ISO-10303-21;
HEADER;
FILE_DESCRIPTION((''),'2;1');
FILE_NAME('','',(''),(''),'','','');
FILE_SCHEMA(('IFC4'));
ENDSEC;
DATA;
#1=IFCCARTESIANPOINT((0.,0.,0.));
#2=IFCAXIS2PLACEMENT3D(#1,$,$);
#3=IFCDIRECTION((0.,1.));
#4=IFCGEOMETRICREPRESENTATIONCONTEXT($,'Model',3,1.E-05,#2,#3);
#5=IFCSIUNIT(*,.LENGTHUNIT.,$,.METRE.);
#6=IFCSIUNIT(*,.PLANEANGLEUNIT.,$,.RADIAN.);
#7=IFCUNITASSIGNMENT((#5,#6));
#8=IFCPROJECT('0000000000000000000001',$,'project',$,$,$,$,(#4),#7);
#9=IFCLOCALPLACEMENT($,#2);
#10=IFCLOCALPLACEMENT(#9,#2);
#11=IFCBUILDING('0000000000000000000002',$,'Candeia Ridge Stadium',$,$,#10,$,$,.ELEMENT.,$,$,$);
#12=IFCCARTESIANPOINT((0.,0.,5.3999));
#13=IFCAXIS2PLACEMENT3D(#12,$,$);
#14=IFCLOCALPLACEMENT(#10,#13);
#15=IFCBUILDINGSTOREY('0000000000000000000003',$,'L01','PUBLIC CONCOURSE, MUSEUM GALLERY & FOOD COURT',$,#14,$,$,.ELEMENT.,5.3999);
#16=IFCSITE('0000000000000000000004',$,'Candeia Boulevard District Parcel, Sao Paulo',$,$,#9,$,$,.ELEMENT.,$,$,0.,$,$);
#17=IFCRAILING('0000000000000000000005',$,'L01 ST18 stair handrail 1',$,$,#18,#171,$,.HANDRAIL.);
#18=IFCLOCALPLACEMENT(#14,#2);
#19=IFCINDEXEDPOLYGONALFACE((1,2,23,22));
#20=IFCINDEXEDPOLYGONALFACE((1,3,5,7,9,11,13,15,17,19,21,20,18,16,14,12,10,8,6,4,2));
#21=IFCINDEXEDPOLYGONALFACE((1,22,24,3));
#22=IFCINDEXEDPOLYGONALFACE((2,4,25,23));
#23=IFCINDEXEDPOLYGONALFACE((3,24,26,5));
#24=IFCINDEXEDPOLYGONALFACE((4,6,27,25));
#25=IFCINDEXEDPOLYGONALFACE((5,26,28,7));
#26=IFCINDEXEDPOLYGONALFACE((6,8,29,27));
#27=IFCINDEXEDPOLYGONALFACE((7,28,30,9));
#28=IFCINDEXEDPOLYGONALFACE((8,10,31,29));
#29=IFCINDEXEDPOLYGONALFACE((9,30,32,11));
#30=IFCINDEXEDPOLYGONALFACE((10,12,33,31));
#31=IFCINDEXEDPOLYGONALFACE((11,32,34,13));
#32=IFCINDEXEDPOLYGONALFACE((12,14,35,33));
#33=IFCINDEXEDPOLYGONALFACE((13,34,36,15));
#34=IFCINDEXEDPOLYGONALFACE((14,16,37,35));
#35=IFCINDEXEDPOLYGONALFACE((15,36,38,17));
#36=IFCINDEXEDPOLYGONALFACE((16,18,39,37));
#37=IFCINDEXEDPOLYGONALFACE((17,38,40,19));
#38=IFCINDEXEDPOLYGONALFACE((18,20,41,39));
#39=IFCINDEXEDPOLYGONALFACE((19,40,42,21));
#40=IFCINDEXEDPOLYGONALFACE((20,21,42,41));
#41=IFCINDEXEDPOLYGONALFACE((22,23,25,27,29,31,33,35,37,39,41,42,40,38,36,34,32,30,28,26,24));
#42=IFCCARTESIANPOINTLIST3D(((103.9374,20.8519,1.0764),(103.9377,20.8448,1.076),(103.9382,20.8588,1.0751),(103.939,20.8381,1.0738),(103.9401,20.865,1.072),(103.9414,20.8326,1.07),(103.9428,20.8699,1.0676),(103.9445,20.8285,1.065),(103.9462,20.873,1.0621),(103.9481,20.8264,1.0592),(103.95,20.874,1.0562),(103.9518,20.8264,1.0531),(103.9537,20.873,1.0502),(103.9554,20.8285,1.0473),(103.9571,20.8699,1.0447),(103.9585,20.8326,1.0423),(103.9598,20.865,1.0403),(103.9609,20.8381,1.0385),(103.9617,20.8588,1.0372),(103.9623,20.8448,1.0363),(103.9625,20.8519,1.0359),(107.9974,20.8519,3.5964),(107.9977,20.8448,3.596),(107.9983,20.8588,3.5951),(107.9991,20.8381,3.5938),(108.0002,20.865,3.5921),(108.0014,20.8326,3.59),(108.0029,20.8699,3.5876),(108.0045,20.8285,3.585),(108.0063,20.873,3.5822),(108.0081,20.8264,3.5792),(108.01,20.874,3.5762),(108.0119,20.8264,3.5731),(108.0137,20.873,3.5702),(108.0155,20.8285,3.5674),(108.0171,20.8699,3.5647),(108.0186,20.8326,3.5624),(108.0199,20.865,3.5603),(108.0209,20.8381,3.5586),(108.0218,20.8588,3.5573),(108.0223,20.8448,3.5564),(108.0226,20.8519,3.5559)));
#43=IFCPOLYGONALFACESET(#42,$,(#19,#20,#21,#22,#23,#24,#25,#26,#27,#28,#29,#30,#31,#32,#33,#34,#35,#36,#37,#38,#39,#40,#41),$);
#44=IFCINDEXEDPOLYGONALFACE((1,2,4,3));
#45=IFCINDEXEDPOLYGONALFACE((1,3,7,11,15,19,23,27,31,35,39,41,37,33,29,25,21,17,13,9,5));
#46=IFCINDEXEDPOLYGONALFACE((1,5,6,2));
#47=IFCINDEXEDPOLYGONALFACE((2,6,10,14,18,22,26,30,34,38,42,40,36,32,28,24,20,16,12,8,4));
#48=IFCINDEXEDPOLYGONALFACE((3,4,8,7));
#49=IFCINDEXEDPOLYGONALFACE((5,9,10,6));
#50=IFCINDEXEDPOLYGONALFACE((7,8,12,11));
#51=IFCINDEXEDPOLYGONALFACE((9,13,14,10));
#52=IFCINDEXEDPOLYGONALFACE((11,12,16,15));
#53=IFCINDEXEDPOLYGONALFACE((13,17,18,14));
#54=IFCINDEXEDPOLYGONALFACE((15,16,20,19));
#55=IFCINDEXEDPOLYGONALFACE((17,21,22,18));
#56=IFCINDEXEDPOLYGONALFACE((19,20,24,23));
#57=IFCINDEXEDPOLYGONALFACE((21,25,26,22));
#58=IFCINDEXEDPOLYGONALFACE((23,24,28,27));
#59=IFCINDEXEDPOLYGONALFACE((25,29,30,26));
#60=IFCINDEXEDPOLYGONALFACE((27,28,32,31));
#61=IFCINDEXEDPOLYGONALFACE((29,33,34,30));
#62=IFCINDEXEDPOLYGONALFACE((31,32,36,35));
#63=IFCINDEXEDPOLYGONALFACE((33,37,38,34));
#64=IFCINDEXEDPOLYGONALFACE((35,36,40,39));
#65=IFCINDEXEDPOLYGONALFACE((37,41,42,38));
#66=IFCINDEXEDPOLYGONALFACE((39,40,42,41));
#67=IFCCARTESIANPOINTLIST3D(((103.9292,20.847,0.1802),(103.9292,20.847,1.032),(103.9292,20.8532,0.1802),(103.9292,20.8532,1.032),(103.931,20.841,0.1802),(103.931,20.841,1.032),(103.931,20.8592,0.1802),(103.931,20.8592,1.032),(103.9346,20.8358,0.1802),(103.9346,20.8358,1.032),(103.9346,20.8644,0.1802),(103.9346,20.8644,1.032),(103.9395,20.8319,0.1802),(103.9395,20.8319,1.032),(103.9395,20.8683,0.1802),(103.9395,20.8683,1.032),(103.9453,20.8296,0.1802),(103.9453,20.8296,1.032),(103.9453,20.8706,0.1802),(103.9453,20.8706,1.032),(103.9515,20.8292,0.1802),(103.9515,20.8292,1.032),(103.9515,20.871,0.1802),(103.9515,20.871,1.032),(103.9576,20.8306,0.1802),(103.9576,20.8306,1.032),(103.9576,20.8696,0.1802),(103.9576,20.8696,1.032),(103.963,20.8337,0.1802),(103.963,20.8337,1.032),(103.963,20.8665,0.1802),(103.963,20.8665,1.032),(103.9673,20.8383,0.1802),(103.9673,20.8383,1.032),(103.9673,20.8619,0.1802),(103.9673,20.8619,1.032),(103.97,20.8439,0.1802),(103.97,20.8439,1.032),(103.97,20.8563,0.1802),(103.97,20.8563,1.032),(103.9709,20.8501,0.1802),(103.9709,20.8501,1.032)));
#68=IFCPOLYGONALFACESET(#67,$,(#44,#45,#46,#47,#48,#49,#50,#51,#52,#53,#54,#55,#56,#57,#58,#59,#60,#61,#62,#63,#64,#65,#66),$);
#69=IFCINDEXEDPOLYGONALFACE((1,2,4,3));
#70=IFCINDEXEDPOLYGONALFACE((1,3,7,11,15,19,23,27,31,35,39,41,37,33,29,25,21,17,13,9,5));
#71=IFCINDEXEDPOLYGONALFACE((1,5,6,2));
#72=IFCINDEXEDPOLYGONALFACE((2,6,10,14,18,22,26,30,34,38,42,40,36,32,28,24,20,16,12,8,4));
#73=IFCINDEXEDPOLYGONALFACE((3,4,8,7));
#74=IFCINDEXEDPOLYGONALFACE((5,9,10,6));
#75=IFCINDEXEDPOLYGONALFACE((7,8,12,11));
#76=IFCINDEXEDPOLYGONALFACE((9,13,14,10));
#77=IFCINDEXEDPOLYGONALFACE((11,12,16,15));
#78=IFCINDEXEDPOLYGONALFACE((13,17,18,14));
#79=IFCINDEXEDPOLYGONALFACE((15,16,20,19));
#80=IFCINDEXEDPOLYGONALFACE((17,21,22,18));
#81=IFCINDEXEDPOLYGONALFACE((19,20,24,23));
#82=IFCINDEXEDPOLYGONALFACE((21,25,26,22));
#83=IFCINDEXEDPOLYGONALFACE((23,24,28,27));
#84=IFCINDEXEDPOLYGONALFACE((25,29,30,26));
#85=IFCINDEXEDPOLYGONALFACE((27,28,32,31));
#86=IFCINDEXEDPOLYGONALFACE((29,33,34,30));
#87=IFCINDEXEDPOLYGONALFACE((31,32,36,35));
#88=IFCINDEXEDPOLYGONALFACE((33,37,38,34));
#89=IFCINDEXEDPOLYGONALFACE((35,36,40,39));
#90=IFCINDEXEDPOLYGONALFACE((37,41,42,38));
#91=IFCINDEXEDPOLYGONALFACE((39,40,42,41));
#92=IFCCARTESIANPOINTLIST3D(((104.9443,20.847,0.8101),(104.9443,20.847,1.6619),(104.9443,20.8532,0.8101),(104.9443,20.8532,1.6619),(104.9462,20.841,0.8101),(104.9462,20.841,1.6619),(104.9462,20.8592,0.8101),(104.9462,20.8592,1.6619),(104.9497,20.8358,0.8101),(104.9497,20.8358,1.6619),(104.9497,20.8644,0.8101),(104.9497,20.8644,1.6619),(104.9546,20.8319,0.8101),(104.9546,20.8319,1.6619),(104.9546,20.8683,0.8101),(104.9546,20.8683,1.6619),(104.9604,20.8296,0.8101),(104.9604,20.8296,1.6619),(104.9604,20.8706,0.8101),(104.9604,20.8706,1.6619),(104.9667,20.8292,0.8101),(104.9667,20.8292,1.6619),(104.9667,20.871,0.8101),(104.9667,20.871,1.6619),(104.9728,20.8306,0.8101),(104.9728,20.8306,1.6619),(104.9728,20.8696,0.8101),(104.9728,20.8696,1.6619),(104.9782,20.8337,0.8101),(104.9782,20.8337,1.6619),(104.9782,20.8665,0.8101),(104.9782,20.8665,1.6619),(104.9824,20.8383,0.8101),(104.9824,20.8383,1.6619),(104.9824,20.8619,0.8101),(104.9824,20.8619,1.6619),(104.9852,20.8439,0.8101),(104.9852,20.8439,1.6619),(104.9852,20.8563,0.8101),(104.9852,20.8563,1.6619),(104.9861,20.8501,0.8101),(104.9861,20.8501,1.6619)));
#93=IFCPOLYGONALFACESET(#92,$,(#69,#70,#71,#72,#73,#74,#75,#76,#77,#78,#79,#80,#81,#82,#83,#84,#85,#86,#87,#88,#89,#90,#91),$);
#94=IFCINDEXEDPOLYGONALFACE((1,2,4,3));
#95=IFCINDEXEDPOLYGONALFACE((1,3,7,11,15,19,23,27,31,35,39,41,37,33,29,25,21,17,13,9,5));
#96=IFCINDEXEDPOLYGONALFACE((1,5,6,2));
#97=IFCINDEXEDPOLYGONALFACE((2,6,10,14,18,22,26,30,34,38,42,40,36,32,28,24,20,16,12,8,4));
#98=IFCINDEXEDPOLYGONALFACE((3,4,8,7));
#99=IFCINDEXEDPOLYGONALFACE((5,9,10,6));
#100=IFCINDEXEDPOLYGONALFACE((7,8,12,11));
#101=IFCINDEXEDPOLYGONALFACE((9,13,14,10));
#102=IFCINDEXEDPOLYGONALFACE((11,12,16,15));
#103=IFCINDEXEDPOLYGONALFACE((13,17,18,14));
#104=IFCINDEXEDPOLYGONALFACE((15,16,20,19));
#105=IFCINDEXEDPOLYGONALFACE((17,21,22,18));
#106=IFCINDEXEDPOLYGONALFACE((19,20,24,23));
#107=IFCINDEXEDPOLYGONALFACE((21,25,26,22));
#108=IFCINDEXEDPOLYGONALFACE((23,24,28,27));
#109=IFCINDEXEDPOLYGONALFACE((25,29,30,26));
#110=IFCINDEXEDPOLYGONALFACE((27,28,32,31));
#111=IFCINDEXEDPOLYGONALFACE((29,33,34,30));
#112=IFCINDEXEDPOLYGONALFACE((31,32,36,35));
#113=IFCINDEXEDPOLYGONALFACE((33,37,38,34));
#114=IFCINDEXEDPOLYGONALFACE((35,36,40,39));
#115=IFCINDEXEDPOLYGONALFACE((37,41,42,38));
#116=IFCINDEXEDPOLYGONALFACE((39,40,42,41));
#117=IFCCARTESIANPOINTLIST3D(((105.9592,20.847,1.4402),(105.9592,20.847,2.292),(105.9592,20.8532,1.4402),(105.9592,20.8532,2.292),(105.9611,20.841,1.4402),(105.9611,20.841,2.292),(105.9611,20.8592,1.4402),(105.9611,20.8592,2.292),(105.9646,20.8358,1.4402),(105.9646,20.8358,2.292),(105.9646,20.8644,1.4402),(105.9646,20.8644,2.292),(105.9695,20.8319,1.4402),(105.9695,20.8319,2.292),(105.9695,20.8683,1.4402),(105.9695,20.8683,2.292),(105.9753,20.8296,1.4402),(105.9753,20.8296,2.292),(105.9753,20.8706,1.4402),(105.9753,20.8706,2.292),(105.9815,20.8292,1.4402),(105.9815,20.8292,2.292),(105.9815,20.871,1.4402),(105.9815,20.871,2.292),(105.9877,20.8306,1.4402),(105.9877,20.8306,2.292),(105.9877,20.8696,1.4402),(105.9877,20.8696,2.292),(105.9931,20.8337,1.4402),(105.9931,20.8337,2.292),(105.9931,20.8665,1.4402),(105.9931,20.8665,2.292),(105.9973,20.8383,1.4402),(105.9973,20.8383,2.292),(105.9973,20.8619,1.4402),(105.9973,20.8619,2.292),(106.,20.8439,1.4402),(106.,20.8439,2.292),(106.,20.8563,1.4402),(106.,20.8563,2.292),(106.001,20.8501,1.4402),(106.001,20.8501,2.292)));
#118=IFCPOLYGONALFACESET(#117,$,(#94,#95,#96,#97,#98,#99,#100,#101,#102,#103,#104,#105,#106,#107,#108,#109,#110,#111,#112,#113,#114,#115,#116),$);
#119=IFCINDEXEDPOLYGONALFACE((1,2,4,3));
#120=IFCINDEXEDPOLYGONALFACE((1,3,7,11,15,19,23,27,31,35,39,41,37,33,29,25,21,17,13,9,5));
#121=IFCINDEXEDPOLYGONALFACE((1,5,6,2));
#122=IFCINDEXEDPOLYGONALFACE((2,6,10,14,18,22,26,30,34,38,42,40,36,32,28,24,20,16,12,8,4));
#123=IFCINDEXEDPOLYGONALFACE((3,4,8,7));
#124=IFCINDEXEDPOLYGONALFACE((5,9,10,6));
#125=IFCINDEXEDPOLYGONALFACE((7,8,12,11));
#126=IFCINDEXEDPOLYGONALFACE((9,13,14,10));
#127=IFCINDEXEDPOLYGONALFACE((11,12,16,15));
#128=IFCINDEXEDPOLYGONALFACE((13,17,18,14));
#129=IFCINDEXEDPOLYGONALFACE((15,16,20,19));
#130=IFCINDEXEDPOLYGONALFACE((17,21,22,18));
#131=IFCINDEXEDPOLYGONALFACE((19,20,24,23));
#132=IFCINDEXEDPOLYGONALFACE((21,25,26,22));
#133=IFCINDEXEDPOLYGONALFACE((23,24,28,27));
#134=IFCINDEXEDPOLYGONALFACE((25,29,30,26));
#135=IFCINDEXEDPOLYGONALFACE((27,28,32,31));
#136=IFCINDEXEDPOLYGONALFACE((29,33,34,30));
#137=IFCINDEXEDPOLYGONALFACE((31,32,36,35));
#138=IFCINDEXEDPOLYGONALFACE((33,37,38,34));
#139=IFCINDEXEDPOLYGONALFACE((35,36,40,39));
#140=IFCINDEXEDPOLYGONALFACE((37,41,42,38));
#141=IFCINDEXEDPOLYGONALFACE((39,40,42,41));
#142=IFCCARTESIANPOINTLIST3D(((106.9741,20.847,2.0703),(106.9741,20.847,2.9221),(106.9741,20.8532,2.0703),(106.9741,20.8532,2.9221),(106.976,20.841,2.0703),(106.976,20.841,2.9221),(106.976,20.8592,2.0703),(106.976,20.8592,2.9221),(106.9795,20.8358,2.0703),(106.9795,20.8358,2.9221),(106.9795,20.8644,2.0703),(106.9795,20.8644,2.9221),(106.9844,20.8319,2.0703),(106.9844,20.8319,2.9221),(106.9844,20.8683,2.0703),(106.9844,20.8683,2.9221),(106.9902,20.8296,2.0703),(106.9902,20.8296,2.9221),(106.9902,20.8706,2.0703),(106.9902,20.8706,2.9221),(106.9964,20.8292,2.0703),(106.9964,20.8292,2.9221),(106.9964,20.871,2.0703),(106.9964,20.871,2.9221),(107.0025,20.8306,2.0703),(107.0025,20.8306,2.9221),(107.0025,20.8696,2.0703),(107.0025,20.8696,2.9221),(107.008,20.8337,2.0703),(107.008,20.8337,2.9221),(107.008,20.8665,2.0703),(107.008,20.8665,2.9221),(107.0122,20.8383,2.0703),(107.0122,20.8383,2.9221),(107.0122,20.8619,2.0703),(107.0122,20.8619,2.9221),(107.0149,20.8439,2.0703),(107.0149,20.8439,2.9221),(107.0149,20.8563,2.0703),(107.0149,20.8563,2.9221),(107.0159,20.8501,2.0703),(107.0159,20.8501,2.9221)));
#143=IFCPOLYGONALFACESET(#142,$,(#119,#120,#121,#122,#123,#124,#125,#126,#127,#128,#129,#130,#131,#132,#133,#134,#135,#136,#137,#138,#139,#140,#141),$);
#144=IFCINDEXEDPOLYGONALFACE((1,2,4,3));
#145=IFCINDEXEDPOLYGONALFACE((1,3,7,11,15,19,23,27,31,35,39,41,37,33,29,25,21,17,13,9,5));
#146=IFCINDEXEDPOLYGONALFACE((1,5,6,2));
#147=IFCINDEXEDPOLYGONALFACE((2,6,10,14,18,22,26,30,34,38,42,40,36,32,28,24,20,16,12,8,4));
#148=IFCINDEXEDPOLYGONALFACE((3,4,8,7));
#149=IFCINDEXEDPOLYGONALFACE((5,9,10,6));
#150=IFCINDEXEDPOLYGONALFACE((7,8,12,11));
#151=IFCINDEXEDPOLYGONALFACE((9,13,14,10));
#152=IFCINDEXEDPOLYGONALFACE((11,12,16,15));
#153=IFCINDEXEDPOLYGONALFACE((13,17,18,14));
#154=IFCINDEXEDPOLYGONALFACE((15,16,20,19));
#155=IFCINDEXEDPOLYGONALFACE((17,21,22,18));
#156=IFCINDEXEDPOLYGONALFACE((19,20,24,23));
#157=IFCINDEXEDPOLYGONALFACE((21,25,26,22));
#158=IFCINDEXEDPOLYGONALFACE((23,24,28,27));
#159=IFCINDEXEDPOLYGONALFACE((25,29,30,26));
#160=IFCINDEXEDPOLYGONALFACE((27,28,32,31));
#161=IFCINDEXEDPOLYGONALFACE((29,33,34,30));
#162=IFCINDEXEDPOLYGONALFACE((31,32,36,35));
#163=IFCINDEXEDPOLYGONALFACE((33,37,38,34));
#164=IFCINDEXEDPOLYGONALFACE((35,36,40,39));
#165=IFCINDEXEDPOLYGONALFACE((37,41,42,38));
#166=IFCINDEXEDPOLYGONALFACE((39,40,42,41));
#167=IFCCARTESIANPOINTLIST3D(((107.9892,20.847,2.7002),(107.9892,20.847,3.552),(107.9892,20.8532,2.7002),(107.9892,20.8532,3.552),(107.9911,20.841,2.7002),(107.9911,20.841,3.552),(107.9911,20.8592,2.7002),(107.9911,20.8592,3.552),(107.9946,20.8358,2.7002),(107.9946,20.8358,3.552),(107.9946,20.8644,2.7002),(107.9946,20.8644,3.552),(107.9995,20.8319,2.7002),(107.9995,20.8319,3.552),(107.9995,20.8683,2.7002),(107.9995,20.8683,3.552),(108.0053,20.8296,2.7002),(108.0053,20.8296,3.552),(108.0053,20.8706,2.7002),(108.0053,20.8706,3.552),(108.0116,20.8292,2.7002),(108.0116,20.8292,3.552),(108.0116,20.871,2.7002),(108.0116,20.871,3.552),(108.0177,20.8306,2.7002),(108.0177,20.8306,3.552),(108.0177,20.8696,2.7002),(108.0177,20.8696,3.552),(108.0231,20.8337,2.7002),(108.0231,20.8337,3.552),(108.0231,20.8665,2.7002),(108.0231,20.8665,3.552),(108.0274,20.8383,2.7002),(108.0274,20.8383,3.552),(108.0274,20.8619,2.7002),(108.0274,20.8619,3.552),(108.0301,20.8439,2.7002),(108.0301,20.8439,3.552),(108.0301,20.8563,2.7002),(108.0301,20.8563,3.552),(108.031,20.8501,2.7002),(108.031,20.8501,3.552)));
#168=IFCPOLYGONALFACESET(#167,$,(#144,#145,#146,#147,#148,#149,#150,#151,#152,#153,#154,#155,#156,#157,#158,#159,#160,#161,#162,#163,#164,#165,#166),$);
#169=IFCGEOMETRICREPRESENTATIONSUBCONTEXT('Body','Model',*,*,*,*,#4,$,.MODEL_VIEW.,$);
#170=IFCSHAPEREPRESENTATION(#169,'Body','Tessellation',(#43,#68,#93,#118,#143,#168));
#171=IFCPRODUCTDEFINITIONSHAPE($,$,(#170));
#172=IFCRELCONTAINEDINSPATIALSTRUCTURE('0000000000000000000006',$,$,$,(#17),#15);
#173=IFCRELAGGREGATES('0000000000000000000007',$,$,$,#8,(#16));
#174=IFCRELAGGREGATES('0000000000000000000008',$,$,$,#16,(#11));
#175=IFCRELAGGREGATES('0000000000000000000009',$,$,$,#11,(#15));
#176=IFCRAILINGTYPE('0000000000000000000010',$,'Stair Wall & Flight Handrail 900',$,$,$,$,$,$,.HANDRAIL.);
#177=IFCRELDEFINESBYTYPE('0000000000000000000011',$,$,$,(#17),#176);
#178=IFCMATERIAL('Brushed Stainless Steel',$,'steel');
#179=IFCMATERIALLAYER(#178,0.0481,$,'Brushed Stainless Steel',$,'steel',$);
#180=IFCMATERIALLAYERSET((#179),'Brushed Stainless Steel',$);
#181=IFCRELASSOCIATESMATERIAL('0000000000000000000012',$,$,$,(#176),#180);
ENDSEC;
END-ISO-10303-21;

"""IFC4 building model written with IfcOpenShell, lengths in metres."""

from ifc_helpers import new_model, si_unit, direction, frame, origin, origin_2d, place, context, subcontext, project, spatial, circle, extrude, material, layer, layer_set, type_object, element, save


model = new_model("IFC4")

# Units and contexts
model_context = context("Model", 3, precision=1e-05, world=origin(), true_north=direction((0.0, 1.0)))
body_context = subcontext(model_context, "Body", "Model", "MODEL_VIEW")
ifc_project = project(units=[si_unit("LENGTHUNIT", "METRE"), si_unit("PLANEANGLEUNIT", "RADIAN")], contexts=[model_context])

# Site, building, storey
site_placement = place(None, origin())
site = spatial("IfcSite", under=ifc_project, at=site_placement, Name="Candeia Boulevard District Parcel, Sao Paulo", CompositionType="ELEMENT", RefElevation=0.0)
building_placement = place(site_placement, origin())
building = spatial("IfcBuilding", under=site, at=building_placement, Name="Candeia Ridge Stadium", CompositionType="ELEMENT")
storey_placement = place(building_placement, frame((0.0, 0.0, 5.3999)))
storey = spatial("IfcBuildingStorey", under=building, at=storey_placement, Name="L01", Description="PUBLIC CONCOURSE, MUSEUM GALLERY & FOOD COURT", CompositionType="ELEMENT", Elevation=5.3999)

# Railing
ifc_material_1 = material(Name="Brushed Stainless Steel", Category="steel")
ifc_layer_1 = layer(ifc_material_1, 0.0481, Name="Brushed Stainless Steel", Category="steel")
ifc_layer_set_1 = layer_set([ifc_layer_1], Name="Brushed Stainless Steel")
railing_type_1 = type_object("IfcRailingType", Name="Stair Wall & Flight Handrail 900", PredefinedType="HANDRAIL", material=ifc_layer_set_1)
railing_1_placement = place(storey_placement, frame((103.95, 20.8501, 0.1802)))
element("IfcRailing", 1, at=railing_1_placement, inside=storey, type_object=railing_type_1, Name="L01 ST18 stair handrail 1", PredefinedType="HANDRAIL", context=body_context, shape_type="SweptSolid", body=[
    extrude(circle(Radius=0.0239, at=origin_2d()), frame((0.0, 0.0, 0.876), z_axis=(0.849642, 0.0, 0.52736), x_axis=(0.0, 1.0, 0.0)), (0.0, 0.0, 1.0), 4.7786),
    extrude(circle(Radius=0.021, at=origin_2d()), origin(), (0.0, 0.0, 1.0), 0.8518),
    extrude(circle(Radius=0.021, at=origin_2d()), frame((1.0151, 0.0, 0.6299)), (0.0, 0.0, 1.0), 0.8518),
    extrude(circle(Radius=0.021, at=origin_2d()), frame((2.03, 0.0, 1.26)), (0.0, 0.0, 1.0), 0.8518),
    extrude(circle(Radius=0.021, at=origin_2d()), frame((3.0449, 0.0, 1.8901)), (0.0, 0.0, 1.0), 0.8518),
    extrude(circle(Radius=0.021, at=origin_2d()), frame((4.0601, 0.0, 2.52)), (0.0, 0.0, 1.0), 0.8518),
])

save(model, "model.ifc")
